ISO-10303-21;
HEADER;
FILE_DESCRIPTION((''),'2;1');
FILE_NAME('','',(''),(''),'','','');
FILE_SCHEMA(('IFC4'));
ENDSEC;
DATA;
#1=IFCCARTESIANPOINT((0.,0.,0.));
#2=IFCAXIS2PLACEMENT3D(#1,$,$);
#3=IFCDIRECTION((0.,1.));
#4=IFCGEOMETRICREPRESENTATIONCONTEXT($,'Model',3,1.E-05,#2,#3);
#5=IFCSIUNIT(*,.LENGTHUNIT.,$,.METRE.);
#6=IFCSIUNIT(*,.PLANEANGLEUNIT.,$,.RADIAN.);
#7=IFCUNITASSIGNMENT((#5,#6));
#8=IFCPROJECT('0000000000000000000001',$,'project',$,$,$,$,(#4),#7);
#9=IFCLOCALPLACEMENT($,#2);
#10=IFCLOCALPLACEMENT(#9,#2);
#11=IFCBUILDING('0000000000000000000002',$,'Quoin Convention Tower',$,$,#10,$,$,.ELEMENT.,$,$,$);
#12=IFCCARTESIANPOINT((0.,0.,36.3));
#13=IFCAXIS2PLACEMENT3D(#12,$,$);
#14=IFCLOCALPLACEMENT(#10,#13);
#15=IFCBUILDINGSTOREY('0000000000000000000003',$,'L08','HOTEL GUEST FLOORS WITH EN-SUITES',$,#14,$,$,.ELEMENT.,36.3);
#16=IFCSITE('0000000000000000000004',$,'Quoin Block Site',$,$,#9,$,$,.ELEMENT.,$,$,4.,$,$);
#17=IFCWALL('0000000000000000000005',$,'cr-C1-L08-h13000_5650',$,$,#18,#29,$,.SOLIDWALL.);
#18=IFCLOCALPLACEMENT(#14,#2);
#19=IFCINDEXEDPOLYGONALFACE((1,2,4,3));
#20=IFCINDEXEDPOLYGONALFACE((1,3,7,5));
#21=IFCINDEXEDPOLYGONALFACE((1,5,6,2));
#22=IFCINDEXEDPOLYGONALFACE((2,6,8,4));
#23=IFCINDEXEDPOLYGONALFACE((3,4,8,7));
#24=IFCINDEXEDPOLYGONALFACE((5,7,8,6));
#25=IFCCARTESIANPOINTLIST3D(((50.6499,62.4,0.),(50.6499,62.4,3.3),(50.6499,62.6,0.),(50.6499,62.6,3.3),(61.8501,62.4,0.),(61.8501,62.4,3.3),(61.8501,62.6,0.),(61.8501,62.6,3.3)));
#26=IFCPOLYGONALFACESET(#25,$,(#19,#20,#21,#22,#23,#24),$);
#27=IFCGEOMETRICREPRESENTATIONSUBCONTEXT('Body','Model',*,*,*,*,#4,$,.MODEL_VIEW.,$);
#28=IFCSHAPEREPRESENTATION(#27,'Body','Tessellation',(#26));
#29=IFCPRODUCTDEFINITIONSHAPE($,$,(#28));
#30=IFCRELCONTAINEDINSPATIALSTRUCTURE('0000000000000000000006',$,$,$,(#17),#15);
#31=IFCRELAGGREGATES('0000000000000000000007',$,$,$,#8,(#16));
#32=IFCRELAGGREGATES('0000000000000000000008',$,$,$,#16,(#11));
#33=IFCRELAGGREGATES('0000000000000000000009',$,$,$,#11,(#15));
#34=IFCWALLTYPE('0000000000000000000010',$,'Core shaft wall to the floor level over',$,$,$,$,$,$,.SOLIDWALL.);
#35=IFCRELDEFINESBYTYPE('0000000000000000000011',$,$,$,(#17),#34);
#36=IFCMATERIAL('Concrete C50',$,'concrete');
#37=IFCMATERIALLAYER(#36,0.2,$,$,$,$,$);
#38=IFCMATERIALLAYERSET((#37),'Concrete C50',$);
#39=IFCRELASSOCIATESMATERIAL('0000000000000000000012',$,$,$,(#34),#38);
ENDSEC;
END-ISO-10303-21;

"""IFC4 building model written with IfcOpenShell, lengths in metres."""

from ifc_helpers import new_model, si_unit, direction, frame, frame_2d, origin, place, context, subcontext, project, spatial, rectangle, extrude, material, layer, layer_set, type_object, element, save


model = new_model("IFC4")

# Units and contexts
model_context = context("Model", 3, precision=1e-05, world=origin(), true_north=direction((0.0, 1.0)))
body_context = subcontext(model_context, "Body", "Model", "MODEL_VIEW")
ifc_project = project(units=[si_unit("LENGTHUNIT", "METRE"), si_unit("PLANEANGLEUNIT", "RADIAN")], contexts=[model_context])

# Site, building, storey
site_placement = place(None, origin())
site = spatial("IfcSite", under=ifc_project, at=site_placement, Name="Quoin Block Site", CompositionType="ELEMENT", RefElevation=4.0)
building_placement = place(site_placement, origin())
building = spatial("IfcBuilding", under=site, at=building_placement, Name="Quoin Convention Tower", CompositionType="ELEMENT")
storey_placement = place(building_placement, frame((0.0, 0.0, 36.3)))
storey = spatial("IfcBuildingStorey", under=building, at=storey_placement, Name="L08", Description="HOTEL GUEST FLOORS WITH EN-SUITES", CompositionType="ELEMENT", Elevation=36.3)

# Shared definitions
ifc_material_1 = material(Name="Concrete C50", Category="concrete")

# Wall
ifc_layer_1 = layer(ifc_material_1, 0.2)
ifc_layer_set_1 = layer_set([ifc_layer_1], Name="Concrete C50")
wall_type_1 = type_object("IfcWallType", Name="Core shaft wall to the floor level over", PredefinedType="SOLIDWALL", material=ifc_layer_set_1)
wall_1_placement = place(storey_placement, frame((50.6499, 62.5, 0.0), z_axis=(0.0, 0.0, 1.0), x_axis=(1.0, 0.0, 0.0)))
element("IfcWall", 1, at=wall_1_placement, inside=storey, type_object=wall_type_1, Name="cr-C1-L08-h13000_5650", PredefinedType="SOLIDWALL", context=body_context, shape_type="SweptSolid", body=[
    extrude(rectangle(XDim=11.2002, YDim=0.2, at=frame_2d((5.6001, 0.0))), origin(), (0.0, 0.0, 1.0), 3.3),
])

save(model, "model.ifc")
